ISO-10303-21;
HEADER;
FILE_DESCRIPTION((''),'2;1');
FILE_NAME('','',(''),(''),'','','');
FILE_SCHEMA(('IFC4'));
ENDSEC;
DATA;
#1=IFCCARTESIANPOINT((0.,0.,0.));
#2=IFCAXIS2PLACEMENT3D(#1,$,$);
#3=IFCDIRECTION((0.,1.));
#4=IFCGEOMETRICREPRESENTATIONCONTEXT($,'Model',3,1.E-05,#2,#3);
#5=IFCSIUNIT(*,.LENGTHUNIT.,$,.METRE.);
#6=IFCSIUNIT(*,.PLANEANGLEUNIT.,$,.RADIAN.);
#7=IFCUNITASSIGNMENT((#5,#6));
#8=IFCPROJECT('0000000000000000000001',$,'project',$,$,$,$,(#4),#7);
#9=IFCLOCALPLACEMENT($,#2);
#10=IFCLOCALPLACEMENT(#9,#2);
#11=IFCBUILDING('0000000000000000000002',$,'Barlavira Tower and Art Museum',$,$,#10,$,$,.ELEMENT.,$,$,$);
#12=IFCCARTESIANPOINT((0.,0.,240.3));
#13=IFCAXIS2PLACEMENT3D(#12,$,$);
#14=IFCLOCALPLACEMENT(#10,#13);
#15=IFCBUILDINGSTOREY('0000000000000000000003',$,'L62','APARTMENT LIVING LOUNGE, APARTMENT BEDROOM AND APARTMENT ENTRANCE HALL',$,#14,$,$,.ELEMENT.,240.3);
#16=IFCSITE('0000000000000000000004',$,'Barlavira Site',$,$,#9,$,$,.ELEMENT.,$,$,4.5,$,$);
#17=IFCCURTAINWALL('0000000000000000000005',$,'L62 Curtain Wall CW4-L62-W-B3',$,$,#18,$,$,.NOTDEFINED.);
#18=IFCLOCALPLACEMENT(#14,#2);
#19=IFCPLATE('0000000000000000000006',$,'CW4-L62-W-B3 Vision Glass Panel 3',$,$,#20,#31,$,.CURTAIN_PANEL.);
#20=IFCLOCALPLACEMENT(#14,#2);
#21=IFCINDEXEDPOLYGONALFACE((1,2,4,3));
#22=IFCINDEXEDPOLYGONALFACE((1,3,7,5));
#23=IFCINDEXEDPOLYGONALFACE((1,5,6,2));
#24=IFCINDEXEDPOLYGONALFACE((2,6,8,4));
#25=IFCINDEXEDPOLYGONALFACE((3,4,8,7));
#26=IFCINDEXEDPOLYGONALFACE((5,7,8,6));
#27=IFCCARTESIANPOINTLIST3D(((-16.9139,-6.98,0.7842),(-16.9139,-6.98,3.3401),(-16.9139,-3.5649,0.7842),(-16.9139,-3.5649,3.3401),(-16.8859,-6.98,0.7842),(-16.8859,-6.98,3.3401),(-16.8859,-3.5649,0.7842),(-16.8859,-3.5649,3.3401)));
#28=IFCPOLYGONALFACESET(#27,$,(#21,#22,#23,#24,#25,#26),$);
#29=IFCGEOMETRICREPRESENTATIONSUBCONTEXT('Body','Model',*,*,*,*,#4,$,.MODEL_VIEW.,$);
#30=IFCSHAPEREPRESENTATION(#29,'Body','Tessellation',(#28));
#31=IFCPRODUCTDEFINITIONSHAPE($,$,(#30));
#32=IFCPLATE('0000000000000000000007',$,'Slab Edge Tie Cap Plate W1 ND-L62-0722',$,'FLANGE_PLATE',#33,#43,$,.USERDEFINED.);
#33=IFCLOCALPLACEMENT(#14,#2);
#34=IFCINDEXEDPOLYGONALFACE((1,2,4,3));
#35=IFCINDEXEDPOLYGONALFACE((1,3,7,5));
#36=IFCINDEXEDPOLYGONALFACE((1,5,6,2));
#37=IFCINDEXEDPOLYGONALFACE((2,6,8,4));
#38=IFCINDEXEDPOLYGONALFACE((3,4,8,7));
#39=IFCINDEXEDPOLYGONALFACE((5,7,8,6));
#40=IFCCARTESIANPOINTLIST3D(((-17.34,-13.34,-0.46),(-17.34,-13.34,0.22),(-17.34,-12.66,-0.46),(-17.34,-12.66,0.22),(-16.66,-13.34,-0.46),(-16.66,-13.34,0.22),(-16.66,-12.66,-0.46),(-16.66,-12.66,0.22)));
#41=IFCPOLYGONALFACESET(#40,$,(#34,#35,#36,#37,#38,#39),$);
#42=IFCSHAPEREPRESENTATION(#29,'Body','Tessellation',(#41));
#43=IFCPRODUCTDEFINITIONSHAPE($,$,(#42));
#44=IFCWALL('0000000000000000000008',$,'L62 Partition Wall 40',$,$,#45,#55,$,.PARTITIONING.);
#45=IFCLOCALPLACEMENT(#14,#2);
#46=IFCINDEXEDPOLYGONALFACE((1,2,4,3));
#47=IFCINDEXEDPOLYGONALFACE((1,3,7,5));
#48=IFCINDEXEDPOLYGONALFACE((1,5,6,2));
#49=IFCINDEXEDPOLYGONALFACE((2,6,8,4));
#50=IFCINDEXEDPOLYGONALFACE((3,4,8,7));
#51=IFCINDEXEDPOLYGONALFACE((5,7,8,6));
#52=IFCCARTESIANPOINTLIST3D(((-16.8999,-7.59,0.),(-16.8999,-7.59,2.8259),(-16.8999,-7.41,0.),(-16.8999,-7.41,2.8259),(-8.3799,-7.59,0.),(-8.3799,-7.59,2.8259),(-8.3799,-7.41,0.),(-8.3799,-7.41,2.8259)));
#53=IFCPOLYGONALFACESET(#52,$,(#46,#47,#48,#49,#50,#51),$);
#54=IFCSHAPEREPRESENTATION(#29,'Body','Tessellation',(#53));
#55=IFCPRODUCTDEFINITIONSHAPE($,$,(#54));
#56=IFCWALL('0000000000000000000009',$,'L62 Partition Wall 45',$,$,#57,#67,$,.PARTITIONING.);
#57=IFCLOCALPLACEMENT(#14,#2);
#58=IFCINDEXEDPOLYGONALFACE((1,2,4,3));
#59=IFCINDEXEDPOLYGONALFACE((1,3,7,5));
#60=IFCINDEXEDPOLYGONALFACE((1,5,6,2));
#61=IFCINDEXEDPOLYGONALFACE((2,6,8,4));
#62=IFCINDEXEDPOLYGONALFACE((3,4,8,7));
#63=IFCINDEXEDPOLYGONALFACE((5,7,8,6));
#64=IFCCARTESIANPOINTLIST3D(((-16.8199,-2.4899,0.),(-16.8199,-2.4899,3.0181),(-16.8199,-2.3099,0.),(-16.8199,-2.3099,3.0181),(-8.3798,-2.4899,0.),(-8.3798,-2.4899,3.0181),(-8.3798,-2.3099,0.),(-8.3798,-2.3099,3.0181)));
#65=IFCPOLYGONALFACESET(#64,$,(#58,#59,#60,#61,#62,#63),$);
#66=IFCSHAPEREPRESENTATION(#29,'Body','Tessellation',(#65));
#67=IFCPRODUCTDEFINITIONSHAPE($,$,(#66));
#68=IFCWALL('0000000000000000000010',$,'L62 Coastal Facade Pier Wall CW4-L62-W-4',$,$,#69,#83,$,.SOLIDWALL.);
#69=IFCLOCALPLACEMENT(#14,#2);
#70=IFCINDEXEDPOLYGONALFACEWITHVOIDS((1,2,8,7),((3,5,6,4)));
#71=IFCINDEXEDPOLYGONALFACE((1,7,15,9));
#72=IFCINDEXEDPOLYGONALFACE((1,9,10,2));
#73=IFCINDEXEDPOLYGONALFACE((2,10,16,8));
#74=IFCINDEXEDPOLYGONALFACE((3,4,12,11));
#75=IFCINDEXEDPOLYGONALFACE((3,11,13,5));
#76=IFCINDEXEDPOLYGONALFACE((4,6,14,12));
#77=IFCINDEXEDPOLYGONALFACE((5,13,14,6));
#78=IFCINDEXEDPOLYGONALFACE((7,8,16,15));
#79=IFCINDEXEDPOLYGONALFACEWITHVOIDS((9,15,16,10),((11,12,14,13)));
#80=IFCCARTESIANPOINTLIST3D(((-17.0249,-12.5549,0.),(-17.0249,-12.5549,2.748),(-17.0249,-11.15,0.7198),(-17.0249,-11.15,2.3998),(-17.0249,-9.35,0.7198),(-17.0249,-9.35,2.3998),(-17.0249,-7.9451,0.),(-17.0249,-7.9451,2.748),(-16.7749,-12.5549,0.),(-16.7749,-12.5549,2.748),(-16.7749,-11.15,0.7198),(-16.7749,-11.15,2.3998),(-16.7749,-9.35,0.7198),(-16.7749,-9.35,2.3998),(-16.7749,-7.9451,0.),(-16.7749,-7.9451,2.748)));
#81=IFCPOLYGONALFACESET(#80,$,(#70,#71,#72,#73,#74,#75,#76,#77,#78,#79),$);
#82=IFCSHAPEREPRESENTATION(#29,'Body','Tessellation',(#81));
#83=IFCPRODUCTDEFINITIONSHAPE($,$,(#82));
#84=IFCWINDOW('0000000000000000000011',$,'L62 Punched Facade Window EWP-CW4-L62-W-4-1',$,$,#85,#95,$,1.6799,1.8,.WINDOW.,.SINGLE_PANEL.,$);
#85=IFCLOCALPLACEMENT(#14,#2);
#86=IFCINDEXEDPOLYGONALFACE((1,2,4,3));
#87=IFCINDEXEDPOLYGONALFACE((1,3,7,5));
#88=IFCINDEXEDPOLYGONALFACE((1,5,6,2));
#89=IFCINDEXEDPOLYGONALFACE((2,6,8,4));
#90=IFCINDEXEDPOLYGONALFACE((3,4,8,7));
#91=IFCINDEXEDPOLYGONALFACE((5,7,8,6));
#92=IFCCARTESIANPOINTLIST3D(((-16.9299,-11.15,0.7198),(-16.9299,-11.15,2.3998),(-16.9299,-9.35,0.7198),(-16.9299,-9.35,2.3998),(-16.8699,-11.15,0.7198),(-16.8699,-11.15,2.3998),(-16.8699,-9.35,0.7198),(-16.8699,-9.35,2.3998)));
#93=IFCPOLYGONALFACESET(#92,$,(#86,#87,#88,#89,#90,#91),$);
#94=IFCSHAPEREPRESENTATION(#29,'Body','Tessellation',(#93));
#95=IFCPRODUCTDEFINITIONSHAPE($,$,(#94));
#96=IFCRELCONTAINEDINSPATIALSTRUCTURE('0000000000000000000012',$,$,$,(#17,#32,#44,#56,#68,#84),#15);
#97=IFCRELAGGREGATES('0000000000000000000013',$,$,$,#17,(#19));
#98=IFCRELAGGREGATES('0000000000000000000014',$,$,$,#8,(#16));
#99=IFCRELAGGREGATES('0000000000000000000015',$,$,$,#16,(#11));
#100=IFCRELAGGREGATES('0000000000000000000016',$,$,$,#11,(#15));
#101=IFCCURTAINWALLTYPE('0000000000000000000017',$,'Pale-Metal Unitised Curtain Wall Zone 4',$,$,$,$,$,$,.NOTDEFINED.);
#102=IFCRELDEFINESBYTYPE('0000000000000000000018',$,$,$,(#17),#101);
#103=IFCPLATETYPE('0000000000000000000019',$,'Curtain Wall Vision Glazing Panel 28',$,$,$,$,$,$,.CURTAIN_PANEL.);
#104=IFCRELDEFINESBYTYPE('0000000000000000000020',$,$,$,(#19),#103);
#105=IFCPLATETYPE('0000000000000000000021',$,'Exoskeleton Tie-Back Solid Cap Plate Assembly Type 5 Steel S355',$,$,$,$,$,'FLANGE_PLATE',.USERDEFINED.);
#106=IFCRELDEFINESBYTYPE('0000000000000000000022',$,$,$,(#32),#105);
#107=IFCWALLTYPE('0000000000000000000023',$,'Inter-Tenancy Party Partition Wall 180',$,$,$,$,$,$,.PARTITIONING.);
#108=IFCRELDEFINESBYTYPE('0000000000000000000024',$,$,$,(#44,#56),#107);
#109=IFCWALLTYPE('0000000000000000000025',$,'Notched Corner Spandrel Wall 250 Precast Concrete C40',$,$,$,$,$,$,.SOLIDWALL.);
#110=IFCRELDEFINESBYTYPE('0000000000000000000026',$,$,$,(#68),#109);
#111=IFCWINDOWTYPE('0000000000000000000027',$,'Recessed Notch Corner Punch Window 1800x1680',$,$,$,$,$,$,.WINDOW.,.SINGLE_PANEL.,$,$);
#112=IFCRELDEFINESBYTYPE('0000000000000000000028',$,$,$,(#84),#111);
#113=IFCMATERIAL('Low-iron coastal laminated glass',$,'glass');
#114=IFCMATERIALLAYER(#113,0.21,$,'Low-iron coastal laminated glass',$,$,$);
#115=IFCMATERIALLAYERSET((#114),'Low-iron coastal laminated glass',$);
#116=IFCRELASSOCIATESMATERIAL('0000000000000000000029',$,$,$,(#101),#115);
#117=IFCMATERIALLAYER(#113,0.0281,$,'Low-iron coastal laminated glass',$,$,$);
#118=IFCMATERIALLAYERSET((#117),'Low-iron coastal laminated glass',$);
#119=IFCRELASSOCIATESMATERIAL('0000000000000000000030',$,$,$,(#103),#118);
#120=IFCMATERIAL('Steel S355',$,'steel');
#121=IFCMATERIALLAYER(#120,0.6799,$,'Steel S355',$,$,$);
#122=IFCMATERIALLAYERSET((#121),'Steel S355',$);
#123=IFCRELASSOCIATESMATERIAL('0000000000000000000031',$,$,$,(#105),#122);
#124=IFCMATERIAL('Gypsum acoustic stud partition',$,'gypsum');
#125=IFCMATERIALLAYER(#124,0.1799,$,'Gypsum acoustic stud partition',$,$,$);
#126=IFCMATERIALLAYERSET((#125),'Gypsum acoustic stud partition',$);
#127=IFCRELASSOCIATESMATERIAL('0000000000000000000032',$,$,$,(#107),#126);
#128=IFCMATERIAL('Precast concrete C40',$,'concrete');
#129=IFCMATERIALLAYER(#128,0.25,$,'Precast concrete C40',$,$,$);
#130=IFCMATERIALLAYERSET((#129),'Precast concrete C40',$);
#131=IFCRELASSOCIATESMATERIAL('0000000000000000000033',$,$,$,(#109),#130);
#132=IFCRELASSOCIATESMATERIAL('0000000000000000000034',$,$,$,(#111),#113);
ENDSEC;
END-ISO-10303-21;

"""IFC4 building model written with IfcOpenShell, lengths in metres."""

from ifc_helpers import new_model, si_unit, direction, frame, frame_2d, origin, origin_2d, place, context, subcontext, project, spatial, rectangle, extrude, material, layer, layer_set, type_object, element, fill, aggregate, save


model = new_model("IFC4")

# Units and contexts
model_context = context("Model", 3, precision=1e-05, world=origin(), true_north=direction((0.0, 1.0)))
body_context = subcontext(model_context, "Body", "Model", "MODEL_VIEW")
ifc_project = project(units=[si_unit("LENGTHUNIT", "METRE"), si_unit("PLANEANGLEUNIT", "RADIAN")], contexts=[model_context])

# Site, building, storey
site_placement = place(None, origin())
site = spatial("IfcSite", under=ifc_project, at=site_placement, Name="Barlavira Site", CompositionType="ELEMENT", RefElevation=4.5)
building_placement = place(site_placement, origin())
building = spatial("IfcBuilding", under=site, at=building_placement, Name="Barlavira Tower and Art Museum", CompositionType="ELEMENT")
storey_placement = place(building_placement, frame((0.0, 0.0, 240.3)))
storey = spatial("IfcBuildingStorey", under=building, at=storey_placement, Name="L62", Description="APARTMENT LIVING LOUNGE, APARTMENT BEDROOM AND APARTMENT ENTRANCE HALL", CompositionType="ELEMENT", Elevation=240.3)

# Curtain wall
ifc_material_1 = material(Name="Low-iron coastal laminated glass", Category="glass")
ifc_layer_1 = layer(ifc_material_1, 0.21, Name="Low-iron coastal laminated glass")
ifc_layer_set_1 = layer_set([ifc_layer_1], Name="Low-iron coastal laminated glass")
curtain_wall_type = type_object("IfcCurtainWallType", Name="Pale-Metal Unitised Curtain Wall Zone 4", PredefinedType="NOTDEFINED", material=ifc_layer_set_1)
curtain_wall_placement = place(storey_placement, origin())
curtain_wall = element("IfcCurtainWall", 1, at=curtain_wall_placement, inside=storey, type_object=curtain_wall_type, Name="L62 Curtain Wall CW4-L62-W-B3", PredefinedType="NOTDEFINED")

# Shared definitions
ifc_material_2 = material(Name="Steel S355", Category="steel")

# Plates
ifc_layer_2 = layer(ifc_material_1, 0.0281, Name="Low-iron coastal laminated glass")
ifc_layer_set_2 = layer_set([ifc_layer_2], Name="Low-iron coastal laminated glass")
plate_type_1 = type_object("IfcPlateType", Name="Curtain Wall Vision Glazing Panel 28", PredefinedType="CURTAIN_PANEL", material=ifc_layer_set_2)
plate_1_placement = place(storey_placement, frame((-16.8999, -5.2725, 0.7842), z_axis=(0.0, 0.0, 1.0), x_axis=(0.0, -1.0, 0.0)))
plate_1 = element("IfcPlate", 2, at=plate_1_placement, type_object=plate_type_1, Name="CW4-L62-W-B3 Vision Glass Panel 3", PredefinedType="CURTAIN_PANEL", context=body_context, shape_type="SweptSolid", body=[
    extrude(rectangle(XDim=3.415, YDim=0.0281, at=origin_2d()), origin(), (0.0, 0.0, 1.0), 2.5559),
])
aggregate(curtain_wall, [plate_1])
ifc_layer_3 = layer(ifc_material_2, 0.6799, Name="Steel S355")
ifc_layer_set_3 = layer_set([ifc_layer_3], Name="Steel S355")
plate_type_2 = type_object("IfcPlateType", Name="Exoskeleton Tie-Back Solid Cap Plate Assembly Type 5 Steel S355", ElementType="FLANGE_PLATE", PredefinedType="USERDEFINED", material=ifc_layer_set_3)
plate_2_placement = place(storey_placement, frame((-17.0, -13.0, -0.46), z_axis=(0.0, 0.0, 1.0), x_axis=(1.0, 0.0, 0.0)))
element("IfcPlate", 3, at=plate_2_placement, inside=storey, type_object=plate_type_2, Name="Slab Edge Tie Cap Plate W1 ND-L62-0722", ObjectType="FLANGE_PLATE", PredefinedType="USERDEFINED", context=body_context, shape_type="SweptSolid", body=[
    extrude(rectangle(XDim=0.6799, YDim=0.6799, at=origin_2d()), origin(), (0.0, 0.0, 1.0), 0.6799),
])

# Walls
ifc_material_3 = material(Name="Gypsum acoustic stud partition", Category="gypsum")
ifc_layer_4 = layer(ifc_material_3, 0.1799, Name="Gypsum acoustic stud partition")
ifc_layer_set_4 = layer_set([ifc_layer_4], Name="Gypsum acoustic stud partition")
wall_type_1 = type_object("IfcWallType", Name="Inter-Tenancy Party Partition Wall 180", PredefinedType="PARTITIONING", material=ifc_layer_set_4)
wall_1_placement = place(storey_placement, frame((-16.8999, -7.5, 0.0), z_axis=(0.0, 0.0, 1.0), x_axis=(1.0, 0.0, 0.0)))
element("IfcWall", 4, at=wall_1_placement, inside=storey, type_object=wall_type_1, Name="L62 Partition Wall 40", PredefinedType="PARTITIONING", context=body_context, shape_type="SweptSolid", body=[
    extrude(rectangle(XDim=8.52, YDim=0.1799, at=frame_2d((4.26, 0.0))), origin(), (0.0, 0.0, 1.0), 2.8259),
])
wall_2_placement = place(storey_placement, frame((-16.8201, -2.3999, 0.0), z_axis=(0.0, 0.0, 1.0), x_axis=(1.0, 0.0, 0.0)))
element("IfcWall", 5, at=wall_2_placement, inside=storey, type_object=wall_type_1, Name="L62 Partition Wall 45", PredefinedType="PARTITIONING", context=body_context, shape_type="SweptSolid", body=[
    extrude(rectangle(XDim=8.4402, YDim=0.1799, at=frame_2d((4.2202, 0.0))), origin(), (0.0, 0.0, 1.0), 3.0181),
])

# Wall, opening, window
ifc_material_4 = material(Name="Precast concrete C40", Category="concrete")
ifc_layer_5 = layer(ifc_material_4, 0.25, Name="Precast concrete C40")
ifc_layer_set_5 = layer_set([ifc_layer_5], Name="Precast concrete C40")
wall_type_2 = type_object("IfcWallType", Name="Notched Corner Spandrel Wall 250 Precast Concrete C40", PredefinedType="SOLIDWALL", material=ifc_layer_set_5)
wall_3_placement = place(storey_placement, frame((-16.8999, -7.9451, 0.0), z_axis=(0.0, 0.0, 1.0), x_axis=(0.0, -1.0, 0.0)))
wall_3 = element("IfcWall", 6, at=wall_3_placement, inside=storey, type_object=wall_type_2, Name="L62 Coastal Facade Pier Wall CW4-L62-W-4", PredefinedType="SOLIDWALL", context=body_context, shape_type="SweptSolid", body=[
    extrude(rectangle(XDim=4.6099, YDim=0.25, at=frame_2d((2.3049, 0.0))), origin(), (0.0, 0.0, 1.0), 2.748),
])
opening_placement = place(wall_3_placement, frame((1.405, 0.0, 0.72)))
opening = element("IfcOpeningElement", 7, at=opening_placement, cuts=wall_3, PredefinedType="OPENING", context=body_context, shape_type="SweptSolid", body=[
    extrude(rectangle(XDim=1.8, YDim=1.6799, at=frame_2d((0.8999, 0.8398))), frame((0.0, 0.135, 0.0), z_axis=(0.0, -1.0, 0.0), x_axis=(1.0, 0.0, 0.0)), (0.0, 0.0, 1.0), 0.27),
])
window_type = type_object("IfcWindowType", Name="Recessed Notch Corner Punch Window 1800x1680", PartitioningType="SINGLE_PANEL", PredefinedType="WINDOW", material=ifc_material_1)
window_placement = place(opening_placement, origin())
window = element("IfcWindow", 8, at=window_placement, inside=storey, type_object=window_type, Name="L62 Punched Facade Window EWP-CW4-L62-W-4-1", OverallHeight=1.6799, OverallWidth=1.8, PartitioningType="SINGLE_PANEL", PredefinedType="WINDOW", context=body_context, shape_type="SweptSolid", body=[
    extrude(rectangle(XDim=1.8, YDim=1.6799, at=frame_2d((0.8999, 0.8398))), frame((0.0, 0.03, 0.0), z_axis=(0.0, -1.0, 0.0), x_axis=(1.0, 0.0, 0.0)), (0.0, 0.0, 1.0), 0.0601),
])
fill(opening, window)

save(model, "model.ifc")
